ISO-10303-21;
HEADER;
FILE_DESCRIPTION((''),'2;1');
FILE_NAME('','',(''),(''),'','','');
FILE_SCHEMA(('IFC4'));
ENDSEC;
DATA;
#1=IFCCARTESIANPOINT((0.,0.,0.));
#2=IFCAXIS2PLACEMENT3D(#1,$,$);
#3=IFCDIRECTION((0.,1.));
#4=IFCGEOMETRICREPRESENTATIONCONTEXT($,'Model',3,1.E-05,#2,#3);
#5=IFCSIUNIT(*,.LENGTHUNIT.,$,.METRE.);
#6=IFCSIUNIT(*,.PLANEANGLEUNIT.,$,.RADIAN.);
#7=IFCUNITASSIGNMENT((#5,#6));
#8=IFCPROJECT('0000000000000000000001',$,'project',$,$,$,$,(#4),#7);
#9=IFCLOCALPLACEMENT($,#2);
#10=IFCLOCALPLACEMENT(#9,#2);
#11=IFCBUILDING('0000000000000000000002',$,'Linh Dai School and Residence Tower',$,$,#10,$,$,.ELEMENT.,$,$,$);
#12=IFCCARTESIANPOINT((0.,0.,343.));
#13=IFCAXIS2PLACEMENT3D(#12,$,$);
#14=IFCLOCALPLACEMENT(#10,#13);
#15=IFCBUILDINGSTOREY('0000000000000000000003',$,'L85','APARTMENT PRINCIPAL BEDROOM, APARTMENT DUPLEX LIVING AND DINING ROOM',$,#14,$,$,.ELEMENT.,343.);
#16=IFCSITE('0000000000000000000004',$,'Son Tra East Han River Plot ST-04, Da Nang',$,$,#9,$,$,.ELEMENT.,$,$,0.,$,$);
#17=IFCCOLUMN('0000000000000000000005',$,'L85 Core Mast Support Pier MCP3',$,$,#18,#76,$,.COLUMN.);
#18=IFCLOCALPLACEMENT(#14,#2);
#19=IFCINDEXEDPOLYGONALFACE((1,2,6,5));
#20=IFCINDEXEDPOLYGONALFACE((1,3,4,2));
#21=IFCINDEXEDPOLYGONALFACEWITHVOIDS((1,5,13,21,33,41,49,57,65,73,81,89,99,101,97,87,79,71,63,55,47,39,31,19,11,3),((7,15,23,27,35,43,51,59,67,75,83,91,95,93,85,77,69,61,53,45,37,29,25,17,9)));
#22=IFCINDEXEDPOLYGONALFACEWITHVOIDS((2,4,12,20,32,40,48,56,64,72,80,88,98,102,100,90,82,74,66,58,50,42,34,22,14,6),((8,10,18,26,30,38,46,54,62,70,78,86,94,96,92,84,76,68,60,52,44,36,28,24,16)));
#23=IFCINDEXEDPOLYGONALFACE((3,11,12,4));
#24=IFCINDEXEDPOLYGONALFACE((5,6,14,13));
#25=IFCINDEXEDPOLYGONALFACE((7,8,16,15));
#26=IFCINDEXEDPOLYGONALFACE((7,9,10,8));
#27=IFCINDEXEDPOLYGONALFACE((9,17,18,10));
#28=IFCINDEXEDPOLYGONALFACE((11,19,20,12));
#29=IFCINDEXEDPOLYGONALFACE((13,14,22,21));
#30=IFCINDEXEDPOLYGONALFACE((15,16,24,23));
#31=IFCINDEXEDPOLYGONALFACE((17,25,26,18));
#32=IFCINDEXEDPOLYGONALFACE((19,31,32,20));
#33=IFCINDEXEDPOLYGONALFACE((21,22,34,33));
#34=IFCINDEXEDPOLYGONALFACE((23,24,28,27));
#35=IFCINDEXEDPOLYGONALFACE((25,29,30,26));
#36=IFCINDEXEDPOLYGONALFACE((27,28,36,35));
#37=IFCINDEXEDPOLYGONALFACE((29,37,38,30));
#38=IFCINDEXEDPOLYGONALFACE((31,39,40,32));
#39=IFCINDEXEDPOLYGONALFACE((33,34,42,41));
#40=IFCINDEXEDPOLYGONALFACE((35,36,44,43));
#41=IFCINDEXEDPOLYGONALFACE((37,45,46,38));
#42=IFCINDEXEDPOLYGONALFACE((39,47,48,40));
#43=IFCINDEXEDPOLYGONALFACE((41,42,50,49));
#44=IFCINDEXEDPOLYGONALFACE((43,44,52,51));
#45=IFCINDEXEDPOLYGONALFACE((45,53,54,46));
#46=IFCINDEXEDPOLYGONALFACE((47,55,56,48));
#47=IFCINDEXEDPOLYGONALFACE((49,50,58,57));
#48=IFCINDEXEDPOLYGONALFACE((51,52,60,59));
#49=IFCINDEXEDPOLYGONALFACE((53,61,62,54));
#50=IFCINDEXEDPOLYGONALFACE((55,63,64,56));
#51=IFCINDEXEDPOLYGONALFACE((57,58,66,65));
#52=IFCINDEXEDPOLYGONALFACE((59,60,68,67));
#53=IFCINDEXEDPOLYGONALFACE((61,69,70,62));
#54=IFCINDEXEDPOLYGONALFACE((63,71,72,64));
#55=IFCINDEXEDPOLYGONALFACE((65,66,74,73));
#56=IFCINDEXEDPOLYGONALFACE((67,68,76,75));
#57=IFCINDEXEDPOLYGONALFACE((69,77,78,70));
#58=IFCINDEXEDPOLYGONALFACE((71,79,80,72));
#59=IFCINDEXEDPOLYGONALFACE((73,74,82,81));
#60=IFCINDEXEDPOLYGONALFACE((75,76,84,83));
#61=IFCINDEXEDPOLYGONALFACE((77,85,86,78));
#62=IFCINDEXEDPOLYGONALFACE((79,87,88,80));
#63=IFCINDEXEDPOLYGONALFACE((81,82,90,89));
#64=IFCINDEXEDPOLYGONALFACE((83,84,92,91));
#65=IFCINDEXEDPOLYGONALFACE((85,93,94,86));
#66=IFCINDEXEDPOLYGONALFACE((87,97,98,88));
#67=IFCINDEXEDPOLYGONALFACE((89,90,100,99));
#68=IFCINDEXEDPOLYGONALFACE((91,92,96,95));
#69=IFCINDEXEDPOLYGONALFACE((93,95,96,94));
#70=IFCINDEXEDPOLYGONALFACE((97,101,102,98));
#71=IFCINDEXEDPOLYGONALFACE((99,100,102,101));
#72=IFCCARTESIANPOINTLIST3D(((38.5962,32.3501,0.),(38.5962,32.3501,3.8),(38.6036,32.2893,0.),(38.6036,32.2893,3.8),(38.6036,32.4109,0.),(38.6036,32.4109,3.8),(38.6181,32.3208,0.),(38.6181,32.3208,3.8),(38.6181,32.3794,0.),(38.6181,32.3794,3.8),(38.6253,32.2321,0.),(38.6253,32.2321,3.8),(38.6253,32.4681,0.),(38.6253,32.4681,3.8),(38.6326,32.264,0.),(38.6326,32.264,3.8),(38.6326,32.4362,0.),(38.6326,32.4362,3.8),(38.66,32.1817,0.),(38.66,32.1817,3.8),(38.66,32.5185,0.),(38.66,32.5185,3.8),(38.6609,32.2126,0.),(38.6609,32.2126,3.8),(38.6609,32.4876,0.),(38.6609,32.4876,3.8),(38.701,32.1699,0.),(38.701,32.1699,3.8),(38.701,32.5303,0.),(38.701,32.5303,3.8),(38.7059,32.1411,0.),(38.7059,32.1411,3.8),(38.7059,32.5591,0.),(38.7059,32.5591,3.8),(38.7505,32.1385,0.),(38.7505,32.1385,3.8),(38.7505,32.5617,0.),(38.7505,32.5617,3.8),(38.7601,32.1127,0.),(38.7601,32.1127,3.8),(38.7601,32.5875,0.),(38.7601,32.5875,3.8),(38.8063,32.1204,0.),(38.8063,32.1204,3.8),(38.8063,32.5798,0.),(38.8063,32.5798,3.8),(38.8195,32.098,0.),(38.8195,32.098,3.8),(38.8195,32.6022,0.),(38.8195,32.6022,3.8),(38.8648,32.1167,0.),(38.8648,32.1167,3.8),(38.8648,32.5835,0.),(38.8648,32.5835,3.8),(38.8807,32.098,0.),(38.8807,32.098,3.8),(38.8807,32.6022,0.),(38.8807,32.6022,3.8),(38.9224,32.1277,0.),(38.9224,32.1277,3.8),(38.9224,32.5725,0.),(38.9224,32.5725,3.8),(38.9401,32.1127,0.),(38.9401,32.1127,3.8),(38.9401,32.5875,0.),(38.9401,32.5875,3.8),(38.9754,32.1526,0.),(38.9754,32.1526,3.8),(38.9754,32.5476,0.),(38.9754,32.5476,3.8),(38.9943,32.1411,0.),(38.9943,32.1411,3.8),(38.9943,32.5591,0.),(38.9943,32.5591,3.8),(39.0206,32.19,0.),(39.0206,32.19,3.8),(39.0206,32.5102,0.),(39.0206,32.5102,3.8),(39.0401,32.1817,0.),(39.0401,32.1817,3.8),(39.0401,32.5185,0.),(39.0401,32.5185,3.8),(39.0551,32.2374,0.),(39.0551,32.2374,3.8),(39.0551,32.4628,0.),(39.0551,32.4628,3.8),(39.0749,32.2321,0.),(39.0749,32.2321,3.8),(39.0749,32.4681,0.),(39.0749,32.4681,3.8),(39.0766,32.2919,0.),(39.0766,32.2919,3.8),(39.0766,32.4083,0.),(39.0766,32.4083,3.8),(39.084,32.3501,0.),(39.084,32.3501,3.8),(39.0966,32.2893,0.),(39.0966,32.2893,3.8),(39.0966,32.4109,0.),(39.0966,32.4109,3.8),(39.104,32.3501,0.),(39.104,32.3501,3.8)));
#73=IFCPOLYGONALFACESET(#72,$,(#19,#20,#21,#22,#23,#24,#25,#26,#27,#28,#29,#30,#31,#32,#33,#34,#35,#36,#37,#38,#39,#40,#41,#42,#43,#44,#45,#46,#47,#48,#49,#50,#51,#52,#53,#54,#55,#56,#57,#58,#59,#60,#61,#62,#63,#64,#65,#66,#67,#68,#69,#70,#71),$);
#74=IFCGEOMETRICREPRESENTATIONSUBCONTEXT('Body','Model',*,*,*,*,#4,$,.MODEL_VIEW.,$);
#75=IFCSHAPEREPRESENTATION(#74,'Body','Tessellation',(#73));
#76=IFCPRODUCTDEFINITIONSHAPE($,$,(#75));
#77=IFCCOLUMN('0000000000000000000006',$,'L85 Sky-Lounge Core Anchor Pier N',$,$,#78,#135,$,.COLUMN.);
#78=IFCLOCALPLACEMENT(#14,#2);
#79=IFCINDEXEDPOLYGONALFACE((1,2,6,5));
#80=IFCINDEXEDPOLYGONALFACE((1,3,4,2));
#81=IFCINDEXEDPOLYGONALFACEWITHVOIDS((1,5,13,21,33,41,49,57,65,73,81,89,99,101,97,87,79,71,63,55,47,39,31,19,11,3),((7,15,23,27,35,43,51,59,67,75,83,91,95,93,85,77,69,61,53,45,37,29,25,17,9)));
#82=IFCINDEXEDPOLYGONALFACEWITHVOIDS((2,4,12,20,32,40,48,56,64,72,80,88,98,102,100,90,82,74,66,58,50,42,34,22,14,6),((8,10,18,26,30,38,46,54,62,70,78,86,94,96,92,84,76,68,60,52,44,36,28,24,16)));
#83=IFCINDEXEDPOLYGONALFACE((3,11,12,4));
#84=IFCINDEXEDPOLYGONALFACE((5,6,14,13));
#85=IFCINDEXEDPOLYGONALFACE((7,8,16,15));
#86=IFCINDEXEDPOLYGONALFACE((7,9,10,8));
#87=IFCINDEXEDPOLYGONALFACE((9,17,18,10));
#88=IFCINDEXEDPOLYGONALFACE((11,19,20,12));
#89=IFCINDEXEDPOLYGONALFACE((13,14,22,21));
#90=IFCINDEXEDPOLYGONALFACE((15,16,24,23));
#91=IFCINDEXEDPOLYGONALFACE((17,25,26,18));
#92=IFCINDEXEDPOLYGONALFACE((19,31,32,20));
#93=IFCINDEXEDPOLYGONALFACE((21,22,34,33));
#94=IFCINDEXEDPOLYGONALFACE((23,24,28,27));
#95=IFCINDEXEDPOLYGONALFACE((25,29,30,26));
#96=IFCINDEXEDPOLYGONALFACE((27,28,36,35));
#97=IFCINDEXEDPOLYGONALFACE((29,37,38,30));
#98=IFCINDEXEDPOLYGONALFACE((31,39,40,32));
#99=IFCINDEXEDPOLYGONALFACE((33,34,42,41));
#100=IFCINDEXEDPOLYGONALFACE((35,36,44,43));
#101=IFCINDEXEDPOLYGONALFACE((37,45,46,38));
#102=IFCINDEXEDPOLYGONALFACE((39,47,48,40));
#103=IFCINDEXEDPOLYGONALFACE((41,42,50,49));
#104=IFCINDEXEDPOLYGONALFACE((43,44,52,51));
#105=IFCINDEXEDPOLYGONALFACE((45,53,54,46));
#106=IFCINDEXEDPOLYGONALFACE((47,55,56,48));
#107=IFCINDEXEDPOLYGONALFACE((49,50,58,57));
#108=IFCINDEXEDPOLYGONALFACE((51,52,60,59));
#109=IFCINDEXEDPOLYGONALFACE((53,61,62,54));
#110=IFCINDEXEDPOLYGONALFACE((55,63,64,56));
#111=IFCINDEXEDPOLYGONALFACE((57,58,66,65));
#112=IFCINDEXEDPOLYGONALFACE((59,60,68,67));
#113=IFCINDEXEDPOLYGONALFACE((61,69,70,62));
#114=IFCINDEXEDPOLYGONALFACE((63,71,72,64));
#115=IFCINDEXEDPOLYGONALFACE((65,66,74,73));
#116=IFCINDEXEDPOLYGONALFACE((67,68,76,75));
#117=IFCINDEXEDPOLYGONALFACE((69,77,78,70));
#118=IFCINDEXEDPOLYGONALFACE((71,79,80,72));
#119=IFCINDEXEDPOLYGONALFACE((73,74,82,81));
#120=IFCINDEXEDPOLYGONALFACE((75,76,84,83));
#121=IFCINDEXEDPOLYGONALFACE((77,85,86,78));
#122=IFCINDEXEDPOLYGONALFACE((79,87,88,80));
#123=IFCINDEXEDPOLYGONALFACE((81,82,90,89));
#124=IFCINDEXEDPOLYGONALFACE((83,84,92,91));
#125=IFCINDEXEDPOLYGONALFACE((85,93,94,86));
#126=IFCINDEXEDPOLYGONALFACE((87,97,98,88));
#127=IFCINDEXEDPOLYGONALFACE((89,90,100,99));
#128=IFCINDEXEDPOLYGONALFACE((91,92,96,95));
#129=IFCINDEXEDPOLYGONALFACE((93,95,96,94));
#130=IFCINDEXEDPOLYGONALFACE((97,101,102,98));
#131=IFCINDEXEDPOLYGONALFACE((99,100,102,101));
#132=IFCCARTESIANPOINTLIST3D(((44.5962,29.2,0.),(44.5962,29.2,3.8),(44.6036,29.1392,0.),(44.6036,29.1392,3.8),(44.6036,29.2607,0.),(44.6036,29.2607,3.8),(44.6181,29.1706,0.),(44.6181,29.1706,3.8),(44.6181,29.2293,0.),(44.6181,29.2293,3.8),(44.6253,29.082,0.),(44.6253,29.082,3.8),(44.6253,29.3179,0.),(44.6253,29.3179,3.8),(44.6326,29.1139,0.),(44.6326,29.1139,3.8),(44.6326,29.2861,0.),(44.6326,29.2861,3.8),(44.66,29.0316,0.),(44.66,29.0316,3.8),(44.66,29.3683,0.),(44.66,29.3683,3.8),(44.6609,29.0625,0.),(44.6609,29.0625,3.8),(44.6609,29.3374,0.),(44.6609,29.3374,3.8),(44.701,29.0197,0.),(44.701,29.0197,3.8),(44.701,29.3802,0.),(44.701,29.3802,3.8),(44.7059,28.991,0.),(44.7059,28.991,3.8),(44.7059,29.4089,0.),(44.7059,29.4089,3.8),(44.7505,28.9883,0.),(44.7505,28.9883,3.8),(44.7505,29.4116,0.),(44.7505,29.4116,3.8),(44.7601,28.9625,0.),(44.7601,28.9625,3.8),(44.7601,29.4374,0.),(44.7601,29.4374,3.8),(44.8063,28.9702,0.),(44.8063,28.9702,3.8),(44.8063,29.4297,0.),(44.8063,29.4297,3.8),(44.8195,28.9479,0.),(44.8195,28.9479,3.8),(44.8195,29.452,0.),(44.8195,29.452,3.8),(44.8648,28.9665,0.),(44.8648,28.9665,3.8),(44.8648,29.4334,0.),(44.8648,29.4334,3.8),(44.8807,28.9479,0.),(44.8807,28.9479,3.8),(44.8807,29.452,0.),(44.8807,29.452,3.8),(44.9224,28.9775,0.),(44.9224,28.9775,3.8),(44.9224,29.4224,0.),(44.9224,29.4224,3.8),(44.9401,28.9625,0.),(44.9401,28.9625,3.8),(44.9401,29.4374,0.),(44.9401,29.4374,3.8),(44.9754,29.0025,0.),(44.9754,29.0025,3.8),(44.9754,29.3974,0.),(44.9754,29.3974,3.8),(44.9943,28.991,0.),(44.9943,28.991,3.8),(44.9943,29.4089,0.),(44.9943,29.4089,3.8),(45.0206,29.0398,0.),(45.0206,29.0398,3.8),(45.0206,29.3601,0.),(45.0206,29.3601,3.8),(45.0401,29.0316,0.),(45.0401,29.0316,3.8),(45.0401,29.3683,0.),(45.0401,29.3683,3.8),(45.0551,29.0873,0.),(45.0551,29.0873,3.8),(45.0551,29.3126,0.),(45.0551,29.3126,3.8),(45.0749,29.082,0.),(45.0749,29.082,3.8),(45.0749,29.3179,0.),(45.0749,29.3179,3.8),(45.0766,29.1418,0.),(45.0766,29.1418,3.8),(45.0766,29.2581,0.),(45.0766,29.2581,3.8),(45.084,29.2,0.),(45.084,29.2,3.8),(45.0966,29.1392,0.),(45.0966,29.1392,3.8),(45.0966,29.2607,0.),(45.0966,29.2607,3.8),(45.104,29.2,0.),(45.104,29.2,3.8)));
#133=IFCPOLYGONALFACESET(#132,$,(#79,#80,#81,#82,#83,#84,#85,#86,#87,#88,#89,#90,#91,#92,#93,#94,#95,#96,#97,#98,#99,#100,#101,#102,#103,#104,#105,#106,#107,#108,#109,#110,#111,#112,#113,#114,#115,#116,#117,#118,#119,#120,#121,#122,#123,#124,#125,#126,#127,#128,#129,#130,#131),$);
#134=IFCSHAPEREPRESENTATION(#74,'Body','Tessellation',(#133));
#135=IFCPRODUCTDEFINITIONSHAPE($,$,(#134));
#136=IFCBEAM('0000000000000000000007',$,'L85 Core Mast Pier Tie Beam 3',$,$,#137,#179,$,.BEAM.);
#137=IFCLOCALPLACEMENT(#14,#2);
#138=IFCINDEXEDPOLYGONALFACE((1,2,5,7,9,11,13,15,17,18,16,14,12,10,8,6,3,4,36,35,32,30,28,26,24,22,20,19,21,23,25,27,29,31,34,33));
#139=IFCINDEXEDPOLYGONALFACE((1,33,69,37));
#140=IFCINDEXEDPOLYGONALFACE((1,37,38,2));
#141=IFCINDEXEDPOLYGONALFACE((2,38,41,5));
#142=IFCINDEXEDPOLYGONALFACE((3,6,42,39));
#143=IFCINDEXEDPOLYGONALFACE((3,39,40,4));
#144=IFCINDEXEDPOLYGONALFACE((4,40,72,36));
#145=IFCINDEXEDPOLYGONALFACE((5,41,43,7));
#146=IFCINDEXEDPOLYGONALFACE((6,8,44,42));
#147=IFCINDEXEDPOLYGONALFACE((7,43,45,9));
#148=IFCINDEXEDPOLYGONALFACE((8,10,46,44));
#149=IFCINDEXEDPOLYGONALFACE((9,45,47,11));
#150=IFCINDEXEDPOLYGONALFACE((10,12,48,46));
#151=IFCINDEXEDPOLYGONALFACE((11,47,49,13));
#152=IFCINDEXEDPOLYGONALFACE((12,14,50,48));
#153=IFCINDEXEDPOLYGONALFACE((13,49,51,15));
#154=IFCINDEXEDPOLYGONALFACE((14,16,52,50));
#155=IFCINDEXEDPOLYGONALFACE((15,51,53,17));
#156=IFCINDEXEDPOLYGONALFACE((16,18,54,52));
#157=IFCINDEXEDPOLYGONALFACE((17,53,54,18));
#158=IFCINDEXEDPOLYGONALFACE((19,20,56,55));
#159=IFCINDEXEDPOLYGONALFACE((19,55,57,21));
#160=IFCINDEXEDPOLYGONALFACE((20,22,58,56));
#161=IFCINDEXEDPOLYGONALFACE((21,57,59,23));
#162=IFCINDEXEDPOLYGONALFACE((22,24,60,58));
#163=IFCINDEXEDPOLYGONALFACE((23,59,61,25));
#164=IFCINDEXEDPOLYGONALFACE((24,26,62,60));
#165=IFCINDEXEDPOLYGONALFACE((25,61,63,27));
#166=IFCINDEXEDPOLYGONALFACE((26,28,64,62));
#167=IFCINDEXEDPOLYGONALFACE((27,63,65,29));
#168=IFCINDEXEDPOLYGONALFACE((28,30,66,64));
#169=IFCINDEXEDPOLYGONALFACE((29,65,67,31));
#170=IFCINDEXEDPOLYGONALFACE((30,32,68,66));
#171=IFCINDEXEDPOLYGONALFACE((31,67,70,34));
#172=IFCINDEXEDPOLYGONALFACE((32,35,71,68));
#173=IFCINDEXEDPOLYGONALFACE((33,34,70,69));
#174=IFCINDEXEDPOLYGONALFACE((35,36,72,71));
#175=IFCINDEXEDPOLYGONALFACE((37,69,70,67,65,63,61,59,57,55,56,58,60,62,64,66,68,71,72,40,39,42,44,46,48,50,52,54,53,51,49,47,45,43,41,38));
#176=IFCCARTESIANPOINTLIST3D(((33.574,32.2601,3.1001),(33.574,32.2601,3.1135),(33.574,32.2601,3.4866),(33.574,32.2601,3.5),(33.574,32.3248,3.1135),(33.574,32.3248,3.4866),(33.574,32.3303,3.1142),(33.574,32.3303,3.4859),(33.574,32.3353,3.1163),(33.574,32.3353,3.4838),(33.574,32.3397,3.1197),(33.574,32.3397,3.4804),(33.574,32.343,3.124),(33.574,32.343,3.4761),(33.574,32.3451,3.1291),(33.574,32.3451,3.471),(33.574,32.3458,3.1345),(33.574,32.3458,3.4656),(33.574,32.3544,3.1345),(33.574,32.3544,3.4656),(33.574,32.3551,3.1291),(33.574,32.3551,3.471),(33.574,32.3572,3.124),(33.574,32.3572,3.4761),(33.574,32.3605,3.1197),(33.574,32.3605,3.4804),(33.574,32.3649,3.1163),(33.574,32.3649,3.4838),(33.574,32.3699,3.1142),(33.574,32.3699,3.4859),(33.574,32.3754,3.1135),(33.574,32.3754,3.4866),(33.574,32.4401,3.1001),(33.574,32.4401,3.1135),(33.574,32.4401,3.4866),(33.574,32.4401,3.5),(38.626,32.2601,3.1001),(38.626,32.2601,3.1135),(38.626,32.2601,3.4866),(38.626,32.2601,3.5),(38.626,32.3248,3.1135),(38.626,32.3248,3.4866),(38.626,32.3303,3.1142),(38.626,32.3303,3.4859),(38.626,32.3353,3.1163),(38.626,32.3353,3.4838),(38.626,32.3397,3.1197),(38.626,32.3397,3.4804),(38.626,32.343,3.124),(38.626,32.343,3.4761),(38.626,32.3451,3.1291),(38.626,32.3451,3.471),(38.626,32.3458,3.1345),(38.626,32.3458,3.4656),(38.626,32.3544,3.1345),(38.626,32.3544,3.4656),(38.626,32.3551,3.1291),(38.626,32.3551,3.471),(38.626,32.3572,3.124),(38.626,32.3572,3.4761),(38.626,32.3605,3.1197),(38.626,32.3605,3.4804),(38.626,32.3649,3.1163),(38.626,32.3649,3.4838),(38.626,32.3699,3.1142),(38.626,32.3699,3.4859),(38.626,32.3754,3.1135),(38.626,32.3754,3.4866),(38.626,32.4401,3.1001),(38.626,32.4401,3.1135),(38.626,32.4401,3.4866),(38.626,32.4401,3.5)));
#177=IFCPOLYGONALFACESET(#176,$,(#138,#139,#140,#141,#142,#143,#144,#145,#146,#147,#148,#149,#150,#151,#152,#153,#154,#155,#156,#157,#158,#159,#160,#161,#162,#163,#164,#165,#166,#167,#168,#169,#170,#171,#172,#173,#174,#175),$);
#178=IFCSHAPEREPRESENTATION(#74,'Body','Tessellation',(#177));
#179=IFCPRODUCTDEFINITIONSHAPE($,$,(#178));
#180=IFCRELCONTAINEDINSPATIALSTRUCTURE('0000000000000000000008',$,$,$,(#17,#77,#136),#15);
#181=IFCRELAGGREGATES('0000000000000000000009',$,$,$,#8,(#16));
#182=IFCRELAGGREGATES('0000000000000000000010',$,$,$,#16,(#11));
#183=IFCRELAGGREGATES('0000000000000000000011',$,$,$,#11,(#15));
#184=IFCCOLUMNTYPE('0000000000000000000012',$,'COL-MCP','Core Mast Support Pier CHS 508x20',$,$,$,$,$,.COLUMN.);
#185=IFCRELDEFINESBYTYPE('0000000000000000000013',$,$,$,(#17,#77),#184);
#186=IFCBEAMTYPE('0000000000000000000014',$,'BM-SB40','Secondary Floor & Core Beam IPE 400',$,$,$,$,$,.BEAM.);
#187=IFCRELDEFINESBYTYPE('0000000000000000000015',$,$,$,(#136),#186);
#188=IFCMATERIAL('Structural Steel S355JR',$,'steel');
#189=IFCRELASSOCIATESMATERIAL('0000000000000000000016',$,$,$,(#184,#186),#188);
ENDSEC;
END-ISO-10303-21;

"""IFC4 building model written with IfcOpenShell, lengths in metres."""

from ifc_helpers import new_model, si_unit, direction, frame, origin, origin_2d, place, context, subcontext, project, spatial, hollow_circle, i_section, extrude, material, material_profile, profile_set, type_object, element, save


model = new_model("IFC4")

# Units and contexts
model_context = context("Model", 3, precision=1e-05, world=origin(), true_north=direction((0.0, 1.0)))
body_context = subcontext(model_context, "Body", "Model", "MODEL_VIEW")
ifc_project = project(units=[si_unit("LENGTHUNIT", "METRE"), si_unit("PLANEANGLEUNIT", "RADIAN")], contexts=[model_context])

# Site, building, storey
site_placement = place(None, origin())
site = spatial("IfcSite", under=ifc_project, at=site_placement, Name="Son Tra East Han River Plot ST-04, Da Nang", CompositionType="ELEMENT", RefElevation=0.0)
building_placement = place(site_placement, origin())
building = spatial("IfcBuilding", under=site, at=building_placement, Name="Linh Dai School and Residence Tower", CompositionType="ELEMENT")
storey_placement = place(building_placement, frame((0.0, 0.0, 343.0)))
storey = spatial("IfcBuildingStorey", under=building, at=storey_placement, Name="L85", Description="APARTMENT PRINCIPAL BEDROOM, APARTMENT DUPLEX LIVING AND DINING ROOM", CompositionType="ELEMENT", Elevation=343.0)

# Columns
ifc_material_1 = material(Name="Structural Steel S355JR", Category="steel")
ifc_material_profile_1 = material_profile(ifc_material_1, hollow_circle(Radius=0.2539, WallThickness=0.02, at=origin_2d()), Name="CHS 508x20")
ifc_profile_set_1 = profile_set([ifc_material_profile_1], Name="Structural Steel S355JR")
column_type = type_object("IfcColumnType", Name="COL-MCP", Description="Core Mast Support Pier CHS 508x20", PredefinedType="COLUMN", material=ifc_profile_set_1)
for number, where, z_axis, x_axis, name in (
    (1, (38.8501, 32.3501, 0.0), (0.0, 0.0, 1.0), (1.0, 0.0, 0.0), "L85 Core Mast Support Pier MCP3"),
    (2, (44.8501, 29.2, 0.0), (0.0, 0.0, 1.0), (1.0, 0.0, 0.0), "L85 Sky-Lounge Core Anchor Pier N"),
):
    element("IfcColumn", number, at=place(storey_placement, frame(where, z_axis=z_axis, x_axis=x_axis)), inside=storey, type_object=column_type, Name=name, PredefinedType="COLUMN", context=body_context, shape_type="SweptSolid", body=[
        extrude(hollow_circle(Radius=0.2539, WallThickness=0.02, at=origin_2d()), origin(), (0.0, 0.0, 1.0), 3.8),
    ])

# Beam
ifc_material_profile_2 = material_profile(ifc_material_1, i_section(OverallWidth=0.1799, OverallDepth=0.3999, WebThickness=0.0085, FlangeThickness=0.0134, FilletRadius=0.021, at=origin_2d()), Name="IPE 400")
ifc_profile_set_2 = profile_set([ifc_material_profile_2], Name="Structural Steel S355JR")
beam_type_1 = type_object("IfcBeamType", Name="BM-SB40", Description="Secondary Floor & Core Beam IPE 400", PredefinedType="BEAM", material=ifc_profile_set_2)
beam_1_placement = place(storey_placement, frame((38.626, 32.3501, 3.3), z_axis=(-1.0, 0.0, 0.0), x_axis=(0.0, -1.0, 0.0)))
element("IfcBeam", 3, at=beam_1_placement, inside=storey, type_object=beam_type_1, Name="L85 Core Mast Pier Tie Beam 3", PredefinedType="BEAM", context=body_context, shape_type="SweptSolid", body=[
    extrude(i_section(OverallWidth=0.1799, OverallDepth=0.3999, WebThickness=0.0085, FlangeThickness=0.0134, FilletRadius=0.021, at=origin_2d()), origin(), (0.0, 0.0, 1.0), 5.052),
])

save(model, "model.ifc")
